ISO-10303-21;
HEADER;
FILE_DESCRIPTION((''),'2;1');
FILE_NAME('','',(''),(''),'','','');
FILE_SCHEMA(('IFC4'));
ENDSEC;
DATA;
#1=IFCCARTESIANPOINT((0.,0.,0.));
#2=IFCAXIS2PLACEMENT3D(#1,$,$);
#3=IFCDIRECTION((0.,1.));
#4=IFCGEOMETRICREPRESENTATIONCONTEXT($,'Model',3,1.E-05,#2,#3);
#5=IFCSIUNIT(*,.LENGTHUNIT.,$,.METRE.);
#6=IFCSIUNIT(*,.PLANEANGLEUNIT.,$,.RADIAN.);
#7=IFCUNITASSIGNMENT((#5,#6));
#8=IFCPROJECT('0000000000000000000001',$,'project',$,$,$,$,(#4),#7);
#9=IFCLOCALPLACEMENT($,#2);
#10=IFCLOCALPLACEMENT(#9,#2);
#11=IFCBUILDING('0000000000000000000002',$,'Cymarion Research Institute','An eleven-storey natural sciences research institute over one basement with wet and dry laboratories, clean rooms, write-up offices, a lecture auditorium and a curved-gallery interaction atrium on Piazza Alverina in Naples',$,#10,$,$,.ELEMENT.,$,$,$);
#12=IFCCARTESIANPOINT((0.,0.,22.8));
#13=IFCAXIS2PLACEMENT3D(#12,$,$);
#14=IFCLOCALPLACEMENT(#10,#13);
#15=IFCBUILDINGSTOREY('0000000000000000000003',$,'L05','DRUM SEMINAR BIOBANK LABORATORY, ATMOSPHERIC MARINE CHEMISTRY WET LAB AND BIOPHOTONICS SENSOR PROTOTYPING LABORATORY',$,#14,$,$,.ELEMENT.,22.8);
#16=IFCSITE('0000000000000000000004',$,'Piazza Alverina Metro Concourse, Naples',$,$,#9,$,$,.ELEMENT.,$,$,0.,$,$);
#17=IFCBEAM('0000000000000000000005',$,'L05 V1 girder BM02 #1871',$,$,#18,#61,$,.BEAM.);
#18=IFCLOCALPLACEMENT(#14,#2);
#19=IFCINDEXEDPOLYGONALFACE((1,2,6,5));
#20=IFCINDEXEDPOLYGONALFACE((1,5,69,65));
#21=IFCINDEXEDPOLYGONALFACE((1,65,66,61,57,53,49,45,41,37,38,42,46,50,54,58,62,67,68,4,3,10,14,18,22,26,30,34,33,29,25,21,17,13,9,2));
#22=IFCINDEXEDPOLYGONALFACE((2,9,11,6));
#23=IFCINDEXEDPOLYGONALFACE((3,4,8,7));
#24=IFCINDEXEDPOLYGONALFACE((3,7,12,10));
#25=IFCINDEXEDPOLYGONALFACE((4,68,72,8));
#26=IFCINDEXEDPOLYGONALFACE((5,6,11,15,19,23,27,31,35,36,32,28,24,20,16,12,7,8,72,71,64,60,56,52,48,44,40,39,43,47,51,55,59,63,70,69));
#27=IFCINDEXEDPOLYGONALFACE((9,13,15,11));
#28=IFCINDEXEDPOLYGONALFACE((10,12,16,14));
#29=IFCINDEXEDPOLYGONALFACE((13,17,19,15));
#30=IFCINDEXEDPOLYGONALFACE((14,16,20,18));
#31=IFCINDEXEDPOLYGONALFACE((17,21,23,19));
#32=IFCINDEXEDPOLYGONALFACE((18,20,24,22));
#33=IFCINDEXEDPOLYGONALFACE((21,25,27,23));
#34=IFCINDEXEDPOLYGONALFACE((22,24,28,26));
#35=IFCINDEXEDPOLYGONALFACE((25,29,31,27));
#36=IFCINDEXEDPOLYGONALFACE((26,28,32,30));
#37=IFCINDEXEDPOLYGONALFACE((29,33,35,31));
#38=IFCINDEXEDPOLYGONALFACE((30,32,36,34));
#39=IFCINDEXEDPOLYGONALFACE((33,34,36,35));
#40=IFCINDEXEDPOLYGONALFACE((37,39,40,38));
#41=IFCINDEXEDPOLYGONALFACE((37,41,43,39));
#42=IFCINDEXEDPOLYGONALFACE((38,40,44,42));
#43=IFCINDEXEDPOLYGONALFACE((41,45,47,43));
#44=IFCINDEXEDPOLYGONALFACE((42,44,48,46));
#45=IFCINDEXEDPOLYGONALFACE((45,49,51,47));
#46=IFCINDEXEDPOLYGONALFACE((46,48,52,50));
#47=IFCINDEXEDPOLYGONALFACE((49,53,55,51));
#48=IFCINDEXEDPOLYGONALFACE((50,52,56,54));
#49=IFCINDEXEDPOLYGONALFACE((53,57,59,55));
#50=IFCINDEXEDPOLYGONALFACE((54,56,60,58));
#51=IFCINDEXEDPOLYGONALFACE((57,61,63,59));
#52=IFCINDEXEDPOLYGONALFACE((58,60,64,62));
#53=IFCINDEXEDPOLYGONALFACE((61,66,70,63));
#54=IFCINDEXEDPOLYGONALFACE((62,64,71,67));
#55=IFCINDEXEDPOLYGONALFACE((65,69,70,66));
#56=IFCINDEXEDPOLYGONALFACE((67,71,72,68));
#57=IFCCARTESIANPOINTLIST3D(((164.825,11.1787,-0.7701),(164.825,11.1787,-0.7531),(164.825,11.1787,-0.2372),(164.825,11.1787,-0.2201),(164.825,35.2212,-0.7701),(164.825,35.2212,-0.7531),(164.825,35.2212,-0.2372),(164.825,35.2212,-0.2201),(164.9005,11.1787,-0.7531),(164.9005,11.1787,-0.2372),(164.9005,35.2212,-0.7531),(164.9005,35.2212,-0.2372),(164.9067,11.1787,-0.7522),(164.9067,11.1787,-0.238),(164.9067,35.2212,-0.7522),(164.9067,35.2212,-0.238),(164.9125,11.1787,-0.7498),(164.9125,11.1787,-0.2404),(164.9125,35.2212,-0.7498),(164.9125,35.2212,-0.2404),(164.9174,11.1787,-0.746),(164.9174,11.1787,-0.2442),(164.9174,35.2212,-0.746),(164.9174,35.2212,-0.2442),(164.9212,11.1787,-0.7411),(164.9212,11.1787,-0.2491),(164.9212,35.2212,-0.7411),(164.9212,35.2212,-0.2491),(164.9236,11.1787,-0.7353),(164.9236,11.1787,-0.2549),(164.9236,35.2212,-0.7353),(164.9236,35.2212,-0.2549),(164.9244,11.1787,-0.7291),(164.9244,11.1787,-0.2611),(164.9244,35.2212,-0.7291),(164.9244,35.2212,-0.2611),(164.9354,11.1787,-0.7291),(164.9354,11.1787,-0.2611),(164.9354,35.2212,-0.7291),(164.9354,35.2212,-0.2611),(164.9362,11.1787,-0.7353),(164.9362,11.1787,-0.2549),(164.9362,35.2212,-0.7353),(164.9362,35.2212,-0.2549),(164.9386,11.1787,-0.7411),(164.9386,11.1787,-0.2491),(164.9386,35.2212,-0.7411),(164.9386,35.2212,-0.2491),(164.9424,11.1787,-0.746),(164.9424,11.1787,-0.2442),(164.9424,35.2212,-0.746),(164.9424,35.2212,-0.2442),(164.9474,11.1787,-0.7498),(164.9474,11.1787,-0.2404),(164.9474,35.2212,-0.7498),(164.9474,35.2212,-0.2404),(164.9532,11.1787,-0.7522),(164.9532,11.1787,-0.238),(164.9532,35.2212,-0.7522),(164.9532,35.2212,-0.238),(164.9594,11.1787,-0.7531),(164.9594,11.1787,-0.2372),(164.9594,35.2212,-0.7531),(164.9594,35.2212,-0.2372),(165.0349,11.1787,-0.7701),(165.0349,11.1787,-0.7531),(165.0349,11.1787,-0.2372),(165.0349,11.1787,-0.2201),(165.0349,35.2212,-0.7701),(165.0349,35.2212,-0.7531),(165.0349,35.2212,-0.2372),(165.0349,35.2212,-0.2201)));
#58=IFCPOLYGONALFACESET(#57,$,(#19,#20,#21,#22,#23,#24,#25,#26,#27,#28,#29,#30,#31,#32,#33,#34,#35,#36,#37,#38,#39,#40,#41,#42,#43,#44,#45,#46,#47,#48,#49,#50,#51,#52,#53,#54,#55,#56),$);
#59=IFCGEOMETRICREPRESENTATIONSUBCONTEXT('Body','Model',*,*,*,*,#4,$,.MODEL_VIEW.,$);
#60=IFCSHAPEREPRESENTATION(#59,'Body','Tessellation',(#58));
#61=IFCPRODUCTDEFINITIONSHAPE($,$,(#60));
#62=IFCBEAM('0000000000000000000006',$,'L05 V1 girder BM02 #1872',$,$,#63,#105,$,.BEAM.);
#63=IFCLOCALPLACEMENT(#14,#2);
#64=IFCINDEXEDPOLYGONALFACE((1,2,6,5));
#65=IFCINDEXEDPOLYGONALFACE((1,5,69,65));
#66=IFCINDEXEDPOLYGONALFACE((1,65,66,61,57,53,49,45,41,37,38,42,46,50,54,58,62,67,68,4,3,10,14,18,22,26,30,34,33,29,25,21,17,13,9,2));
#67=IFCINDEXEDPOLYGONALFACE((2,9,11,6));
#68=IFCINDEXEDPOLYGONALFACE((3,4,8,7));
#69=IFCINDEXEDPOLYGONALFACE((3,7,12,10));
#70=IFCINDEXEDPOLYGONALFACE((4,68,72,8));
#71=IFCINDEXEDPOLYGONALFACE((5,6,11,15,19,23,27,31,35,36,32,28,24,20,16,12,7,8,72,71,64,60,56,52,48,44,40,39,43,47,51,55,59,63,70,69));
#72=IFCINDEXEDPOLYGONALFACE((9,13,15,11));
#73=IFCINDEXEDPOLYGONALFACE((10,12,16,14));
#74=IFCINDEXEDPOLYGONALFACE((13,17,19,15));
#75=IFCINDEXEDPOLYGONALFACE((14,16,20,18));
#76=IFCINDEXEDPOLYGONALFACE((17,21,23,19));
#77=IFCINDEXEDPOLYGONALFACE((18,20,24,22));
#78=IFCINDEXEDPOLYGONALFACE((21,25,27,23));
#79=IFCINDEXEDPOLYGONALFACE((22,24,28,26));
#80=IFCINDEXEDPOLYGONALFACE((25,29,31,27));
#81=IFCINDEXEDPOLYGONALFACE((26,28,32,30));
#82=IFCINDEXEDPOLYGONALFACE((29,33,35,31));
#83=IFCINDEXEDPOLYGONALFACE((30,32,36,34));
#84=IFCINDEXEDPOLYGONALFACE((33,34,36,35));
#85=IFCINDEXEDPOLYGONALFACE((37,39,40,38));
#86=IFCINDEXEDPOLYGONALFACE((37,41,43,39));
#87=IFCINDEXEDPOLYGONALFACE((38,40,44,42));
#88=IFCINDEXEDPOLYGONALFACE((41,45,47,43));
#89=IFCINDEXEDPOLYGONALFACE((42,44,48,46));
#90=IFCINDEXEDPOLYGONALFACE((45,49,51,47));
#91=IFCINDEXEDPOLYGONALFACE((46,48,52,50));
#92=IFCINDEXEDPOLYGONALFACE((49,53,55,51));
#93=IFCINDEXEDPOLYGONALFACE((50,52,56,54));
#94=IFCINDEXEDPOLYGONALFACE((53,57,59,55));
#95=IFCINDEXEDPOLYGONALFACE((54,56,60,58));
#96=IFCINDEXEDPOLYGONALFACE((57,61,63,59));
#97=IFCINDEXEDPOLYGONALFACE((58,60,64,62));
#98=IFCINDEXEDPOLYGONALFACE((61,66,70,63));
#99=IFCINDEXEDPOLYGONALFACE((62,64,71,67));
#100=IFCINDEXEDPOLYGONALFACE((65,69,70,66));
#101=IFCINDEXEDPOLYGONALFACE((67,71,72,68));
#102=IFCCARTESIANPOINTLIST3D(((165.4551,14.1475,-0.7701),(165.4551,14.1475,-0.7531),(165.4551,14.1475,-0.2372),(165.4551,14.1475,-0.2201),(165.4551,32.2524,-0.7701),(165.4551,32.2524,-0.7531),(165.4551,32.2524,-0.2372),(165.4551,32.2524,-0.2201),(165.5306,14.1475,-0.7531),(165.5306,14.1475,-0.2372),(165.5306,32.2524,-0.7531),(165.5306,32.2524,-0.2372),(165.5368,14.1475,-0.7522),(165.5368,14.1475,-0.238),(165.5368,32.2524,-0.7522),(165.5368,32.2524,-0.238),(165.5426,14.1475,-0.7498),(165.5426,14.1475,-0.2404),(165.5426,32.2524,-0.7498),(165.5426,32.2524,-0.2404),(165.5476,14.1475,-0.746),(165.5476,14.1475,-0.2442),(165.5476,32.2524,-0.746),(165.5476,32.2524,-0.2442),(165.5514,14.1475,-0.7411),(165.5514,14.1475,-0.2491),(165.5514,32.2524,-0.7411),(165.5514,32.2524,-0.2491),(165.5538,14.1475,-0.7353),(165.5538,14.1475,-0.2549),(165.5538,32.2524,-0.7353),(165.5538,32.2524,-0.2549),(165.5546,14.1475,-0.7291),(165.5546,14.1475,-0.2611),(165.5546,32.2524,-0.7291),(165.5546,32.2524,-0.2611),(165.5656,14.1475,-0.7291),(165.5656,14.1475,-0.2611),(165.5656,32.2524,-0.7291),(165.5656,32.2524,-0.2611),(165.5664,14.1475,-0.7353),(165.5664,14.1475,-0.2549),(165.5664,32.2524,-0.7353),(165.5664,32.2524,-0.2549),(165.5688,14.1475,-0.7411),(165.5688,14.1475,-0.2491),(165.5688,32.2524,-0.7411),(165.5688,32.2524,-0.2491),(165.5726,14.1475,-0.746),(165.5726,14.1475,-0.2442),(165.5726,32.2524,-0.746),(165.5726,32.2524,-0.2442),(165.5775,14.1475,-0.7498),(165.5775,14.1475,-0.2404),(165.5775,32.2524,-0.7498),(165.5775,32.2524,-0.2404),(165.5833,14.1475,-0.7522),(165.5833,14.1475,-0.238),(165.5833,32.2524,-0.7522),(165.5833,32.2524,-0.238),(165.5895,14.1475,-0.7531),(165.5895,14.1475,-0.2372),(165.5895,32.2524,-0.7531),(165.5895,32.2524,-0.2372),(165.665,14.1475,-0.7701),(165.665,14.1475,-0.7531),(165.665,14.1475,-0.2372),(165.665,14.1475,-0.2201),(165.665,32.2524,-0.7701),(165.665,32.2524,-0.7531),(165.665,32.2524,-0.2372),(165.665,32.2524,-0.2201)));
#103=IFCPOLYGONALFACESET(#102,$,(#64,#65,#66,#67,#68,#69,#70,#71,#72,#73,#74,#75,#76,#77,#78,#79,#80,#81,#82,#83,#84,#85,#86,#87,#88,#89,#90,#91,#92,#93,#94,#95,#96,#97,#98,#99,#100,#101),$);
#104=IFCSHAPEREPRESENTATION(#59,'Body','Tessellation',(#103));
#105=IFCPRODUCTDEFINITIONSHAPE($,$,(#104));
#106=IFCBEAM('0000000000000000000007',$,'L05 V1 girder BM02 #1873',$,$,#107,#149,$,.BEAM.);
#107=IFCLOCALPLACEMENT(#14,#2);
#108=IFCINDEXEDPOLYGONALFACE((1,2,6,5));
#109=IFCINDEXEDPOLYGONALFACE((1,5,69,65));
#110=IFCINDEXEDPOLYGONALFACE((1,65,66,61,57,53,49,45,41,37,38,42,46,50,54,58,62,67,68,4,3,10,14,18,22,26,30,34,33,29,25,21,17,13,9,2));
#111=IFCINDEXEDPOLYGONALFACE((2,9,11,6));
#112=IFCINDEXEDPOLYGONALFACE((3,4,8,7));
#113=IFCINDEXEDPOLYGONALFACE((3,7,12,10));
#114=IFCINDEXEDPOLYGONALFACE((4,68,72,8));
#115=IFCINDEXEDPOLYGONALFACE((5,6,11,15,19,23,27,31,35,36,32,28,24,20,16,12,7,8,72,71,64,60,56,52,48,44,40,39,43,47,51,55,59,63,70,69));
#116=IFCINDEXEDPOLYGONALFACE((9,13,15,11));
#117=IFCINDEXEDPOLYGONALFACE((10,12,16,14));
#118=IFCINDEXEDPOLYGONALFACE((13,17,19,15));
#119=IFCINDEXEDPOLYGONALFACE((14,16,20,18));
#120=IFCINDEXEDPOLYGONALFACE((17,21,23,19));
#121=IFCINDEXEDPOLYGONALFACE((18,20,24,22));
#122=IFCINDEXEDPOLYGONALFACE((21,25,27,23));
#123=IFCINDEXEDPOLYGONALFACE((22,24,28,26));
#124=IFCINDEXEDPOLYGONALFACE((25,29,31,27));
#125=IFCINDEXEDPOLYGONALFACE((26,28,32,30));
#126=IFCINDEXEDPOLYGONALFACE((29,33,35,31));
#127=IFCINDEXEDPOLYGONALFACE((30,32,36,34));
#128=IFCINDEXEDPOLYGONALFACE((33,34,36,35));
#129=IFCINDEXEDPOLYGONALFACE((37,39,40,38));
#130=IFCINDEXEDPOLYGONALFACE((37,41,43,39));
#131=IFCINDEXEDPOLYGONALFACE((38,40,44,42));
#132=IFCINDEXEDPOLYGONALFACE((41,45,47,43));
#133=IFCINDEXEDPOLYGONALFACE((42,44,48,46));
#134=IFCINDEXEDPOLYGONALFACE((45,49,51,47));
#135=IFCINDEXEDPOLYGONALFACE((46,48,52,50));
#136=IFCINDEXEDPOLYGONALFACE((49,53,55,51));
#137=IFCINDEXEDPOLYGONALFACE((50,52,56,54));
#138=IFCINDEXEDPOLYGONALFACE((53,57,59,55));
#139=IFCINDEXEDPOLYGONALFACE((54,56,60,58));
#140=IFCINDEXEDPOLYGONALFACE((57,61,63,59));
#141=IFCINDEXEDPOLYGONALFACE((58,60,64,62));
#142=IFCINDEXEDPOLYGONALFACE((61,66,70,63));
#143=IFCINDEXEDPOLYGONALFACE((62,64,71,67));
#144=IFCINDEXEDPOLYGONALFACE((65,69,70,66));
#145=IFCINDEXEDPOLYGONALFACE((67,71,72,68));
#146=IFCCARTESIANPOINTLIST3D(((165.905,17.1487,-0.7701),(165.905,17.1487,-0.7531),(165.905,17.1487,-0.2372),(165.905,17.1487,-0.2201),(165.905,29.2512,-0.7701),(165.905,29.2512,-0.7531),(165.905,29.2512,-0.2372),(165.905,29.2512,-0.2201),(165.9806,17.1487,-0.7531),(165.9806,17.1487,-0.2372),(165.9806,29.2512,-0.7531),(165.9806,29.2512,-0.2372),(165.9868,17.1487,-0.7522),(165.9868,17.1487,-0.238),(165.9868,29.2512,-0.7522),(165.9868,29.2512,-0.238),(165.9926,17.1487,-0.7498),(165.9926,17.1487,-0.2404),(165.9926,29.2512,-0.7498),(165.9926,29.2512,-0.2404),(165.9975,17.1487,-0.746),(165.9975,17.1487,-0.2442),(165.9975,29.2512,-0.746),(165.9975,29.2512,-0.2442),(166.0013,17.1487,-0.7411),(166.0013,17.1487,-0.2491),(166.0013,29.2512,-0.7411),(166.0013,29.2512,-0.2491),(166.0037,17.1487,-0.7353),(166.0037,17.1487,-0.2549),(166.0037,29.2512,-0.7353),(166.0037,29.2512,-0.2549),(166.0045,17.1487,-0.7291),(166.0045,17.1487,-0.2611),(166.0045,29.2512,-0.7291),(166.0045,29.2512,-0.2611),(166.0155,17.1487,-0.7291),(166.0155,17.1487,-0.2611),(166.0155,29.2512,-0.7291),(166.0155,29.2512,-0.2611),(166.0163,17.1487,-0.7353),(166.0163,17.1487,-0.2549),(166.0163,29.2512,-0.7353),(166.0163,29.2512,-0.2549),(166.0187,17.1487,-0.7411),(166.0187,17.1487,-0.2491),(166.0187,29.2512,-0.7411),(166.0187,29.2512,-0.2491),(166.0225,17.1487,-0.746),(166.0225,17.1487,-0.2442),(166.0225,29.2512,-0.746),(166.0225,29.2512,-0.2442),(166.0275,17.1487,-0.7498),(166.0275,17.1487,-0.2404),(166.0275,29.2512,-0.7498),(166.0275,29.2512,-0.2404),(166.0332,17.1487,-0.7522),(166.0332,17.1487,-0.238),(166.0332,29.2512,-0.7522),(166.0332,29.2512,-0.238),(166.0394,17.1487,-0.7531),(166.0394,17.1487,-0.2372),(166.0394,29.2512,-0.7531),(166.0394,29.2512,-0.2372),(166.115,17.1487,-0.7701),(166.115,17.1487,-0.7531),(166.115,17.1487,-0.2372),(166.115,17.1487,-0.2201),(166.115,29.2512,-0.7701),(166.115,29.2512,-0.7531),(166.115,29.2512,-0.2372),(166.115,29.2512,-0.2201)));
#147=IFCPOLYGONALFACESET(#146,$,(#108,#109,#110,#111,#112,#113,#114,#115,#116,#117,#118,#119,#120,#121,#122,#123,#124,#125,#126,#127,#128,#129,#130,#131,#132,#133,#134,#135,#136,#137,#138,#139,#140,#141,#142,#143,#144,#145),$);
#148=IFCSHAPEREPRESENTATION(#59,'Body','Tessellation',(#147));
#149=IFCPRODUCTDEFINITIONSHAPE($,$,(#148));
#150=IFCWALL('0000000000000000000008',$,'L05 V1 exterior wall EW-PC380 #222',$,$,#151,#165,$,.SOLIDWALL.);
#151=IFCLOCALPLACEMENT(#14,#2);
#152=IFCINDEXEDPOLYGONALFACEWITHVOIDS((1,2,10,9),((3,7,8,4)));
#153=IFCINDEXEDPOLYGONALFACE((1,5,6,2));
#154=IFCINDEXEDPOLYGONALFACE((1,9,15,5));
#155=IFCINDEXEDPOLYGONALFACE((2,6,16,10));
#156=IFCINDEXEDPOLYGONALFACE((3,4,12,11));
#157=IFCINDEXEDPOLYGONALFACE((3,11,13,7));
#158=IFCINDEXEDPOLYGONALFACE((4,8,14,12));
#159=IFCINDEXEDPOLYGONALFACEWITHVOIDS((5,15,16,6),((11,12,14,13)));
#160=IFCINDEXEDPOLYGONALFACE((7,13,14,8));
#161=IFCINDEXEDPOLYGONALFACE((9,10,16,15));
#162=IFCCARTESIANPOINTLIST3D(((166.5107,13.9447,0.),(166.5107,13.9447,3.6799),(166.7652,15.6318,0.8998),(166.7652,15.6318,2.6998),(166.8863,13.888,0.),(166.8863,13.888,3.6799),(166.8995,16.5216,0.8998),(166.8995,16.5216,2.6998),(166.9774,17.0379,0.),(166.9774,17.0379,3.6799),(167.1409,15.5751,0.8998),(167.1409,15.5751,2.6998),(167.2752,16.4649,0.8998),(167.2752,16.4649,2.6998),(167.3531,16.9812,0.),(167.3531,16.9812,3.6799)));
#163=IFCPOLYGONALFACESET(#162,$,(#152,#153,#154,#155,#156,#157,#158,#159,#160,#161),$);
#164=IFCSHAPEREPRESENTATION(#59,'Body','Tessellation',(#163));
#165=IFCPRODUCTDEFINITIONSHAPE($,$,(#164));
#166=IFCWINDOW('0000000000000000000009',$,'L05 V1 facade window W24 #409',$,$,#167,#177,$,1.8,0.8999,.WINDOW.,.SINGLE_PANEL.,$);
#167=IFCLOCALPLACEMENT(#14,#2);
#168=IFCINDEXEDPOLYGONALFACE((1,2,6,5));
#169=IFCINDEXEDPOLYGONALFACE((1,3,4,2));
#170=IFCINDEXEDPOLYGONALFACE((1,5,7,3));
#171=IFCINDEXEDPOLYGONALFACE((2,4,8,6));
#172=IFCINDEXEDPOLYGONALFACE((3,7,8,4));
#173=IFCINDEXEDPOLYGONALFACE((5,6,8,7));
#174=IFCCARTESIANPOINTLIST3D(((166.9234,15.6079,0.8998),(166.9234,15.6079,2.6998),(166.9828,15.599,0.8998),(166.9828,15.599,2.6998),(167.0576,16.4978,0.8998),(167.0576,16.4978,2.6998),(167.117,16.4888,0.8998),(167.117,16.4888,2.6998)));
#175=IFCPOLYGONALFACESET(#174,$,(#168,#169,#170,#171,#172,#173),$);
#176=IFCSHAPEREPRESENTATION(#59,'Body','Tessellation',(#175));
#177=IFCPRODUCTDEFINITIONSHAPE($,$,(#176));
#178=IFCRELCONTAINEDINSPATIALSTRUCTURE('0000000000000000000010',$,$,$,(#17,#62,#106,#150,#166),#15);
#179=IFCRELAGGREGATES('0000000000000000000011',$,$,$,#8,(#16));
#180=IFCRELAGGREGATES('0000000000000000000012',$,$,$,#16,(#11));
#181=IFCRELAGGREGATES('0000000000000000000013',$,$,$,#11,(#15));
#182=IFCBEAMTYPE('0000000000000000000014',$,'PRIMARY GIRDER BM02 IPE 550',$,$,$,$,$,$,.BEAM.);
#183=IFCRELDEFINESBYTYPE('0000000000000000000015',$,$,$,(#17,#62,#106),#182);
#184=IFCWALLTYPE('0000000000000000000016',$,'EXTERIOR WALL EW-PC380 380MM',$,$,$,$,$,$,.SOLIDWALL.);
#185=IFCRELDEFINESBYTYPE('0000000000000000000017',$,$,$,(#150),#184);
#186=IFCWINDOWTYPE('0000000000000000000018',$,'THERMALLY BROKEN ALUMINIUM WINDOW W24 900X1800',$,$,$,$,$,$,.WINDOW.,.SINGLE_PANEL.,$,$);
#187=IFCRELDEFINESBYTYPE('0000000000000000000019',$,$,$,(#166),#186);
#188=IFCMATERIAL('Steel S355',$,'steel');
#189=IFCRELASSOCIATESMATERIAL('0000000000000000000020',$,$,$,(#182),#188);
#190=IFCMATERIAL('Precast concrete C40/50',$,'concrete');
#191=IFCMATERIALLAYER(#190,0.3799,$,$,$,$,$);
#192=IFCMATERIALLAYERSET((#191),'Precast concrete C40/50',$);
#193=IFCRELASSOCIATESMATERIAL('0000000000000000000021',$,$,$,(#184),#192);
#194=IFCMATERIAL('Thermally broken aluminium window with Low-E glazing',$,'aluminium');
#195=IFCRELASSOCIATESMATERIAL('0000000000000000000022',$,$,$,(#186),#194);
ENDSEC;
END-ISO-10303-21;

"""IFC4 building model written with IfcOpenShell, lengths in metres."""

from ifc_helpers import new_model, si_unit, direction, frame, frame_2d, origin, origin_2d, place, context, subcontext, project, spatial, rectangle, i_section, extrude, material, layer, layer_set, material_profile, profile_set, type_object, element, fill, save


model = new_model("IFC4")

# Units and contexts
model_context = context("Model", 3, precision=1e-05, world=origin(), true_north=direction((0.0, 1.0)))
body_context = subcontext(model_context, "Body", "Model", "MODEL_VIEW")
ifc_project = project(units=[si_unit("LENGTHUNIT", "METRE"), si_unit("PLANEANGLEUNIT", "RADIAN")], contexts=[model_context])

# Site, building, storey
site_placement = place(None, origin())
site = spatial("IfcSite", under=ifc_project, at=site_placement, Name="Piazza Alverina Metro Concourse, Naples", CompositionType="ELEMENT", RefElevation=0.0)
building_placement = place(site_placement, origin())
building = spatial("IfcBuilding", under=site, at=building_placement, Name="Cymarion Research Institute", Description="An eleven-storey natural sciences research institute over one basement with wet and dry laboratories, clean rooms, write-up offices, a lecture auditorium and a curved-gallery interaction atrium on Piazza Alverina in Naples", CompositionType="ELEMENT")
storey_placement = place(building_placement, frame((0.0, 0.0, 22.8)))
storey = spatial("IfcBuildingStorey", under=building, at=storey_placement, Name="L05", Description="DRUM SEMINAR BIOBANK LABORATORY, ATMOSPHERIC MARINE CHEMISTRY WET LAB AND BIOPHOTONICS SENSOR PROTOTYPING LABORATORY", CompositionType="ELEMENT", Elevation=22.8)

# Shared definitions
ifc_material_1 = material(Name="Steel S355", Category="steel")

# Beams
ifc_material_profile_1 = material_profile(ifc_material_1, i_section(OverallWidth=0.21, OverallDepth=0.55, WebThickness=0.011, FlangeThickness=0.0171, FilletRadius=0.0239, at=origin_2d()), Name="IPE 550")
ifc_profile_set_1 = profile_set([ifc_material_profile_1], Name="Steel S355")
beam_type = type_object("IfcBeamType", Name="PRIMARY GIRDER BM02 IPE 550", PredefinedType="BEAM", material=ifc_profile_set_1)
beam_1_placement = place(storey_placement, frame((164.9299, 11.1787, -0.4951), z_axis=(0.0, 1.0, 0.0), x_axis=(-1.0, 0.0, 0.0)))
element("IfcBeam", 1, at=beam_1_placement, inside=storey, type_object=beam_type, Name="L05 V1 girder BM02 #1871", PredefinedType="BEAM", context=body_context, shape_type="SweptSolid", body=[
    extrude(i_section(OverallWidth=0.21, OverallDepth=0.55, WebThickness=0.011, FlangeThickness=0.0171, FilletRadius=0.0239, at=origin_2d()), origin(), (0.0, 0.0, 1.0), 24.0425),
])
beam_2_placement = place(storey_placement, frame((165.5601, 14.1475, -0.4951), z_axis=(0.0, 1.0, 0.0), x_axis=(-1.0, 0.0, 0.0)))
element("IfcBeam", 2, at=beam_2_placement, inside=storey, type_object=beam_type, Name="L05 V1 girder BM02 #1872", PredefinedType="BEAM", context=body_context, shape_type="SweptSolid", body=[
    extrude(i_section(OverallWidth=0.21, OverallDepth=0.55, WebThickness=0.011, FlangeThickness=0.0171, FilletRadius=0.0239, at=origin_2d()), origin(), (0.0, 0.0, 1.0), 18.105),
])
beam_3_placement = place(storey_placement, frame((166.01, 17.1487, -0.4951), z_axis=(0.0, 1.0, 0.0), x_axis=(-1.0, 0.0, 0.0)))
element("IfcBeam", 3, at=beam_3_placement, inside=storey, type_object=beam_type, Name="L05 V1 girder BM02 #1873", PredefinedType="BEAM", context=body_context, shape_type="SweptSolid", body=[
    extrude(i_section(OverallWidth=0.21, OverallDepth=0.55, WebThickness=0.011, FlangeThickness=0.0171, FilletRadius=0.0239, at=origin_2d()), origin(), (0.0, 0.0, 1.0), 12.1025),
])

# Wall, opening, window
ifc_material_2 = material(Name="Precast concrete C40/50", Category="concrete")
ifc_layer_1 = layer(ifc_material_2, 0.3799)
ifc_layer_set_1 = layer_set([ifc_layer_1], Name="Precast concrete C40/50")
wall_type = type_object("IfcWallType", Name="EXTERIOR WALL EW-PC380 380MM", PredefinedType="SOLIDWALL", material=ifc_layer_set_1)
wall_1_placement = place(storey_placement, frame((166.6985, 13.9165, 0.0), z_axis=(0.0, 0.0, 1.0), x_axis=(0.149218, 0.988804, 0.0)))
wall_1 = element("IfcWall", 4, at=wall_1_placement, inside=storey, type_object=wall_type, Name="L05 V1 exterior wall EW-PC380 #222", PredefinedType="SOLIDWALL", context=body_context, shape_type="SweptSolid", body=[
    extrude(rectangle(XDim=3.1282, YDim=0.3799, at=frame_2d((1.564, 0.0))), origin(), (0.0, 0.0, 1.0), 3.6799),
])
opening_1_placement = place(wall_1_placement, frame((1.7061, 0.0, 0.8999)))
opening_1 = element("IfcOpeningElement", 5, at=opening_1_placement, cuts=wall_1, PredefinedType="OPENING", context=body_context, shape_type="SweptSolid", body=[
    extrude(rectangle(XDim=0.8999, YDim=1.8, at=frame_2d((0.45, 0.8999))), frame((0.0, 0.2, 0.0), z_axis=(0.0, -1.0, 0.0), x_axis=(1.0, 0.0, 0.0)), (0.0, 0.0, 1.0), 0.3999),
])
ifc_material_3 = material(Name="Thermally broken aluminium window with Low-E glazing", Category="aluminium")
window_type = type_object("IfcWindowType", Name="THERMALLY BROKEN ALUMINIUM WINDOW W24 900X1800", PartitioningType="SINGLE_PANEL", PredefinedType="WINDOW", material=ifc_material_3)
window_1_placement = place(opening_1_placement, origin())
window_1 = element("IfcWindow", 6, at=window_1_placement, inside=storey, type_object=window_type, Name="L05 V1 facade window W24 #409", OverallHeight=1.8, OverallWidth=0.8999, PartitioningType="SINGLE_PANEL", PredefinedType="WINDOW", context=body_context, shape_type="SweptSolid", body=[
    extrude(rectangle(XDim=0.8999, YDim=1.8, at=frame_2d((0.45, 0.8999))), frame((0.0, 0.03, 0.0), z_axis=(0.0, -1.0, 0.0), x_axis=(1.0, 0.0, 0.0)), (0.0, 0.0, 1.0), 0.0601),
])
fill(opening_1, window_1)

save(model, "model.ifc")
